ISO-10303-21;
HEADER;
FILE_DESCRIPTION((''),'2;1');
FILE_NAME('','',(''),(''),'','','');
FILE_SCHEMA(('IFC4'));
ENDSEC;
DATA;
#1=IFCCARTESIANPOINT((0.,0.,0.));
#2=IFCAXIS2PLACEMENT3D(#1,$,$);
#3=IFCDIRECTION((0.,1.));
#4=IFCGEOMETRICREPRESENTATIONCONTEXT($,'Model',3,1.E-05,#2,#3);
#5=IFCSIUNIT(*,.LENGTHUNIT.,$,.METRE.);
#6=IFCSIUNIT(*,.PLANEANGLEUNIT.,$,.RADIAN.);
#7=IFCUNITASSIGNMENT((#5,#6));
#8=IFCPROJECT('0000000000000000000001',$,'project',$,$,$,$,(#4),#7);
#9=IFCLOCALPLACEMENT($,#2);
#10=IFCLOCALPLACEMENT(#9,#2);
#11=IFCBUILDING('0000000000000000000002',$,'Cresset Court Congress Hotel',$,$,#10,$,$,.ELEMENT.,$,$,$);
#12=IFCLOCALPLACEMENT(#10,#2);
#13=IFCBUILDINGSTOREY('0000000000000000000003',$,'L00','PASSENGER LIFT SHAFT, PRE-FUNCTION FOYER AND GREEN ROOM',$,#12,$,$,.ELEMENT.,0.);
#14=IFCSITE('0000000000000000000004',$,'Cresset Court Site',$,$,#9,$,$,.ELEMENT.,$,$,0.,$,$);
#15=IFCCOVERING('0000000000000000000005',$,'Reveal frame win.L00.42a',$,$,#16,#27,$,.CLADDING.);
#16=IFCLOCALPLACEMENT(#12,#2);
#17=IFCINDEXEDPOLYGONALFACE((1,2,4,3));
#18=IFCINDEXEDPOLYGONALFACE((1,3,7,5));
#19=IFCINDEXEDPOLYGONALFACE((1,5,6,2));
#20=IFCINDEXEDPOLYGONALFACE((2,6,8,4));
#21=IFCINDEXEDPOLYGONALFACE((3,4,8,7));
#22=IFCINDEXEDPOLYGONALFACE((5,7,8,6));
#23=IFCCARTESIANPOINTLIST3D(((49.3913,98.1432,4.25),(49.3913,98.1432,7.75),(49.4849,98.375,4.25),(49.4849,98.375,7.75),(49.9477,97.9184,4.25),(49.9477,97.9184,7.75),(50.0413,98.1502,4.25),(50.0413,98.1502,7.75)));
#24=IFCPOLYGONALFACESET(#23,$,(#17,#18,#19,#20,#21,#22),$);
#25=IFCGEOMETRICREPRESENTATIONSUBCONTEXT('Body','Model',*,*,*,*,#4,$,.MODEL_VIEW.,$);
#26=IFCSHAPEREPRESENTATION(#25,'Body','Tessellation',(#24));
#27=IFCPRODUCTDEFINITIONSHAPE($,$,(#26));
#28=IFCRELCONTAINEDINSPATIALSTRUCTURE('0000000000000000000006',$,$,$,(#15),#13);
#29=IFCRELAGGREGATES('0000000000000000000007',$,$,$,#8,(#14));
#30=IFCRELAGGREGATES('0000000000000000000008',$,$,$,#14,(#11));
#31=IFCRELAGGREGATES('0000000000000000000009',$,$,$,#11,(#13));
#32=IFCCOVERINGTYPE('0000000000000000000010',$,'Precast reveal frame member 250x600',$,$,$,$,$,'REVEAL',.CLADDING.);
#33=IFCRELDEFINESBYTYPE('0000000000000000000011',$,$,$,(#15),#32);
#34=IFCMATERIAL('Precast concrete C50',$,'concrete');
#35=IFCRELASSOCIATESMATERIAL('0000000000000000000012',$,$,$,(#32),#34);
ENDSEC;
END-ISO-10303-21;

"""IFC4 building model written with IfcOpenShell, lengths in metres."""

from ifc_helpers import new_model, si_unit, direction, frame, origin, origin_2d, place, context, subcontext, project, spatial, rectangle, extrude, material, type_object, element, save


model = new_model("IFC4")

# Units and contexts
model_context = context("Model", 3, precision=1e-05, world=origin(), true_north=direction((0.0, 1.0)))
body_context = subcontext(model_context, "Body", "Model", "MODEL_VIEW")
ifc_project = project(units=[si_unit("LENGTHUNIT", "METRE"), si_unit("PLANEANGLEUNIT", "RADIAN")], contexts=[model_context])

# Site, building, storey
site_placement = place(None, origin())
site = spatial("IfcSite", under=ifc_project, at=site_placement, Name="Cresset Court Site", CompositionType="ELEMENT", RefElevation=0.0)
building_placement = place(site_placement, origin())
building = spatial("IfcBuilding", under=site, at=building_placement, Name="Cresset Court Congress Hotel", CompositionType="ELEMENT")
storey_placement = place(building_placement, origin())
storey = spatial("IfcBuildingStorey", under=building, at=storey_placement, Name="L00", Description="PASSENGER LIFT SHAFT, PRE-FUNCTION FOYER AND GREEN ROOM", CompositionType="ELEMENT", Elevation=0.0)

# Covering
ifc_material_1 = material(Name="Precast concrete C50", Category="concrete")
covering_type_1 = type_object("IfcCoveringType", Name="Precast reveal frame member 250x600", ElementType="REVEAL", PredefinedType="CLADDING", material=ifc_material_1)
for number, where, z_axis, x_axis, name in (
    (1, (49.7163, 98.1467, 4.25), (0.0, 0.0, 1.0), (0.374623, 0.927177, 0.0), "Reveal frame win.L00.42a"),
):
    element("IfcCovering", number, at=place(storey_placement, frame(where, z_axis=z_axis, x_axis=x_axis)), inside=storey, type_object=covering_type_1, Name=name, PredefinedType="CLADDING", context=body_context, shape_type="SweptSolid", body=[
        extrude(rectangle(XDim=0.25, YDim=0.6001, at=origin_2d()), origin(), (0.0, 0.0, 1.0), 3.5),
    ])

save(model, "model.ifc")
